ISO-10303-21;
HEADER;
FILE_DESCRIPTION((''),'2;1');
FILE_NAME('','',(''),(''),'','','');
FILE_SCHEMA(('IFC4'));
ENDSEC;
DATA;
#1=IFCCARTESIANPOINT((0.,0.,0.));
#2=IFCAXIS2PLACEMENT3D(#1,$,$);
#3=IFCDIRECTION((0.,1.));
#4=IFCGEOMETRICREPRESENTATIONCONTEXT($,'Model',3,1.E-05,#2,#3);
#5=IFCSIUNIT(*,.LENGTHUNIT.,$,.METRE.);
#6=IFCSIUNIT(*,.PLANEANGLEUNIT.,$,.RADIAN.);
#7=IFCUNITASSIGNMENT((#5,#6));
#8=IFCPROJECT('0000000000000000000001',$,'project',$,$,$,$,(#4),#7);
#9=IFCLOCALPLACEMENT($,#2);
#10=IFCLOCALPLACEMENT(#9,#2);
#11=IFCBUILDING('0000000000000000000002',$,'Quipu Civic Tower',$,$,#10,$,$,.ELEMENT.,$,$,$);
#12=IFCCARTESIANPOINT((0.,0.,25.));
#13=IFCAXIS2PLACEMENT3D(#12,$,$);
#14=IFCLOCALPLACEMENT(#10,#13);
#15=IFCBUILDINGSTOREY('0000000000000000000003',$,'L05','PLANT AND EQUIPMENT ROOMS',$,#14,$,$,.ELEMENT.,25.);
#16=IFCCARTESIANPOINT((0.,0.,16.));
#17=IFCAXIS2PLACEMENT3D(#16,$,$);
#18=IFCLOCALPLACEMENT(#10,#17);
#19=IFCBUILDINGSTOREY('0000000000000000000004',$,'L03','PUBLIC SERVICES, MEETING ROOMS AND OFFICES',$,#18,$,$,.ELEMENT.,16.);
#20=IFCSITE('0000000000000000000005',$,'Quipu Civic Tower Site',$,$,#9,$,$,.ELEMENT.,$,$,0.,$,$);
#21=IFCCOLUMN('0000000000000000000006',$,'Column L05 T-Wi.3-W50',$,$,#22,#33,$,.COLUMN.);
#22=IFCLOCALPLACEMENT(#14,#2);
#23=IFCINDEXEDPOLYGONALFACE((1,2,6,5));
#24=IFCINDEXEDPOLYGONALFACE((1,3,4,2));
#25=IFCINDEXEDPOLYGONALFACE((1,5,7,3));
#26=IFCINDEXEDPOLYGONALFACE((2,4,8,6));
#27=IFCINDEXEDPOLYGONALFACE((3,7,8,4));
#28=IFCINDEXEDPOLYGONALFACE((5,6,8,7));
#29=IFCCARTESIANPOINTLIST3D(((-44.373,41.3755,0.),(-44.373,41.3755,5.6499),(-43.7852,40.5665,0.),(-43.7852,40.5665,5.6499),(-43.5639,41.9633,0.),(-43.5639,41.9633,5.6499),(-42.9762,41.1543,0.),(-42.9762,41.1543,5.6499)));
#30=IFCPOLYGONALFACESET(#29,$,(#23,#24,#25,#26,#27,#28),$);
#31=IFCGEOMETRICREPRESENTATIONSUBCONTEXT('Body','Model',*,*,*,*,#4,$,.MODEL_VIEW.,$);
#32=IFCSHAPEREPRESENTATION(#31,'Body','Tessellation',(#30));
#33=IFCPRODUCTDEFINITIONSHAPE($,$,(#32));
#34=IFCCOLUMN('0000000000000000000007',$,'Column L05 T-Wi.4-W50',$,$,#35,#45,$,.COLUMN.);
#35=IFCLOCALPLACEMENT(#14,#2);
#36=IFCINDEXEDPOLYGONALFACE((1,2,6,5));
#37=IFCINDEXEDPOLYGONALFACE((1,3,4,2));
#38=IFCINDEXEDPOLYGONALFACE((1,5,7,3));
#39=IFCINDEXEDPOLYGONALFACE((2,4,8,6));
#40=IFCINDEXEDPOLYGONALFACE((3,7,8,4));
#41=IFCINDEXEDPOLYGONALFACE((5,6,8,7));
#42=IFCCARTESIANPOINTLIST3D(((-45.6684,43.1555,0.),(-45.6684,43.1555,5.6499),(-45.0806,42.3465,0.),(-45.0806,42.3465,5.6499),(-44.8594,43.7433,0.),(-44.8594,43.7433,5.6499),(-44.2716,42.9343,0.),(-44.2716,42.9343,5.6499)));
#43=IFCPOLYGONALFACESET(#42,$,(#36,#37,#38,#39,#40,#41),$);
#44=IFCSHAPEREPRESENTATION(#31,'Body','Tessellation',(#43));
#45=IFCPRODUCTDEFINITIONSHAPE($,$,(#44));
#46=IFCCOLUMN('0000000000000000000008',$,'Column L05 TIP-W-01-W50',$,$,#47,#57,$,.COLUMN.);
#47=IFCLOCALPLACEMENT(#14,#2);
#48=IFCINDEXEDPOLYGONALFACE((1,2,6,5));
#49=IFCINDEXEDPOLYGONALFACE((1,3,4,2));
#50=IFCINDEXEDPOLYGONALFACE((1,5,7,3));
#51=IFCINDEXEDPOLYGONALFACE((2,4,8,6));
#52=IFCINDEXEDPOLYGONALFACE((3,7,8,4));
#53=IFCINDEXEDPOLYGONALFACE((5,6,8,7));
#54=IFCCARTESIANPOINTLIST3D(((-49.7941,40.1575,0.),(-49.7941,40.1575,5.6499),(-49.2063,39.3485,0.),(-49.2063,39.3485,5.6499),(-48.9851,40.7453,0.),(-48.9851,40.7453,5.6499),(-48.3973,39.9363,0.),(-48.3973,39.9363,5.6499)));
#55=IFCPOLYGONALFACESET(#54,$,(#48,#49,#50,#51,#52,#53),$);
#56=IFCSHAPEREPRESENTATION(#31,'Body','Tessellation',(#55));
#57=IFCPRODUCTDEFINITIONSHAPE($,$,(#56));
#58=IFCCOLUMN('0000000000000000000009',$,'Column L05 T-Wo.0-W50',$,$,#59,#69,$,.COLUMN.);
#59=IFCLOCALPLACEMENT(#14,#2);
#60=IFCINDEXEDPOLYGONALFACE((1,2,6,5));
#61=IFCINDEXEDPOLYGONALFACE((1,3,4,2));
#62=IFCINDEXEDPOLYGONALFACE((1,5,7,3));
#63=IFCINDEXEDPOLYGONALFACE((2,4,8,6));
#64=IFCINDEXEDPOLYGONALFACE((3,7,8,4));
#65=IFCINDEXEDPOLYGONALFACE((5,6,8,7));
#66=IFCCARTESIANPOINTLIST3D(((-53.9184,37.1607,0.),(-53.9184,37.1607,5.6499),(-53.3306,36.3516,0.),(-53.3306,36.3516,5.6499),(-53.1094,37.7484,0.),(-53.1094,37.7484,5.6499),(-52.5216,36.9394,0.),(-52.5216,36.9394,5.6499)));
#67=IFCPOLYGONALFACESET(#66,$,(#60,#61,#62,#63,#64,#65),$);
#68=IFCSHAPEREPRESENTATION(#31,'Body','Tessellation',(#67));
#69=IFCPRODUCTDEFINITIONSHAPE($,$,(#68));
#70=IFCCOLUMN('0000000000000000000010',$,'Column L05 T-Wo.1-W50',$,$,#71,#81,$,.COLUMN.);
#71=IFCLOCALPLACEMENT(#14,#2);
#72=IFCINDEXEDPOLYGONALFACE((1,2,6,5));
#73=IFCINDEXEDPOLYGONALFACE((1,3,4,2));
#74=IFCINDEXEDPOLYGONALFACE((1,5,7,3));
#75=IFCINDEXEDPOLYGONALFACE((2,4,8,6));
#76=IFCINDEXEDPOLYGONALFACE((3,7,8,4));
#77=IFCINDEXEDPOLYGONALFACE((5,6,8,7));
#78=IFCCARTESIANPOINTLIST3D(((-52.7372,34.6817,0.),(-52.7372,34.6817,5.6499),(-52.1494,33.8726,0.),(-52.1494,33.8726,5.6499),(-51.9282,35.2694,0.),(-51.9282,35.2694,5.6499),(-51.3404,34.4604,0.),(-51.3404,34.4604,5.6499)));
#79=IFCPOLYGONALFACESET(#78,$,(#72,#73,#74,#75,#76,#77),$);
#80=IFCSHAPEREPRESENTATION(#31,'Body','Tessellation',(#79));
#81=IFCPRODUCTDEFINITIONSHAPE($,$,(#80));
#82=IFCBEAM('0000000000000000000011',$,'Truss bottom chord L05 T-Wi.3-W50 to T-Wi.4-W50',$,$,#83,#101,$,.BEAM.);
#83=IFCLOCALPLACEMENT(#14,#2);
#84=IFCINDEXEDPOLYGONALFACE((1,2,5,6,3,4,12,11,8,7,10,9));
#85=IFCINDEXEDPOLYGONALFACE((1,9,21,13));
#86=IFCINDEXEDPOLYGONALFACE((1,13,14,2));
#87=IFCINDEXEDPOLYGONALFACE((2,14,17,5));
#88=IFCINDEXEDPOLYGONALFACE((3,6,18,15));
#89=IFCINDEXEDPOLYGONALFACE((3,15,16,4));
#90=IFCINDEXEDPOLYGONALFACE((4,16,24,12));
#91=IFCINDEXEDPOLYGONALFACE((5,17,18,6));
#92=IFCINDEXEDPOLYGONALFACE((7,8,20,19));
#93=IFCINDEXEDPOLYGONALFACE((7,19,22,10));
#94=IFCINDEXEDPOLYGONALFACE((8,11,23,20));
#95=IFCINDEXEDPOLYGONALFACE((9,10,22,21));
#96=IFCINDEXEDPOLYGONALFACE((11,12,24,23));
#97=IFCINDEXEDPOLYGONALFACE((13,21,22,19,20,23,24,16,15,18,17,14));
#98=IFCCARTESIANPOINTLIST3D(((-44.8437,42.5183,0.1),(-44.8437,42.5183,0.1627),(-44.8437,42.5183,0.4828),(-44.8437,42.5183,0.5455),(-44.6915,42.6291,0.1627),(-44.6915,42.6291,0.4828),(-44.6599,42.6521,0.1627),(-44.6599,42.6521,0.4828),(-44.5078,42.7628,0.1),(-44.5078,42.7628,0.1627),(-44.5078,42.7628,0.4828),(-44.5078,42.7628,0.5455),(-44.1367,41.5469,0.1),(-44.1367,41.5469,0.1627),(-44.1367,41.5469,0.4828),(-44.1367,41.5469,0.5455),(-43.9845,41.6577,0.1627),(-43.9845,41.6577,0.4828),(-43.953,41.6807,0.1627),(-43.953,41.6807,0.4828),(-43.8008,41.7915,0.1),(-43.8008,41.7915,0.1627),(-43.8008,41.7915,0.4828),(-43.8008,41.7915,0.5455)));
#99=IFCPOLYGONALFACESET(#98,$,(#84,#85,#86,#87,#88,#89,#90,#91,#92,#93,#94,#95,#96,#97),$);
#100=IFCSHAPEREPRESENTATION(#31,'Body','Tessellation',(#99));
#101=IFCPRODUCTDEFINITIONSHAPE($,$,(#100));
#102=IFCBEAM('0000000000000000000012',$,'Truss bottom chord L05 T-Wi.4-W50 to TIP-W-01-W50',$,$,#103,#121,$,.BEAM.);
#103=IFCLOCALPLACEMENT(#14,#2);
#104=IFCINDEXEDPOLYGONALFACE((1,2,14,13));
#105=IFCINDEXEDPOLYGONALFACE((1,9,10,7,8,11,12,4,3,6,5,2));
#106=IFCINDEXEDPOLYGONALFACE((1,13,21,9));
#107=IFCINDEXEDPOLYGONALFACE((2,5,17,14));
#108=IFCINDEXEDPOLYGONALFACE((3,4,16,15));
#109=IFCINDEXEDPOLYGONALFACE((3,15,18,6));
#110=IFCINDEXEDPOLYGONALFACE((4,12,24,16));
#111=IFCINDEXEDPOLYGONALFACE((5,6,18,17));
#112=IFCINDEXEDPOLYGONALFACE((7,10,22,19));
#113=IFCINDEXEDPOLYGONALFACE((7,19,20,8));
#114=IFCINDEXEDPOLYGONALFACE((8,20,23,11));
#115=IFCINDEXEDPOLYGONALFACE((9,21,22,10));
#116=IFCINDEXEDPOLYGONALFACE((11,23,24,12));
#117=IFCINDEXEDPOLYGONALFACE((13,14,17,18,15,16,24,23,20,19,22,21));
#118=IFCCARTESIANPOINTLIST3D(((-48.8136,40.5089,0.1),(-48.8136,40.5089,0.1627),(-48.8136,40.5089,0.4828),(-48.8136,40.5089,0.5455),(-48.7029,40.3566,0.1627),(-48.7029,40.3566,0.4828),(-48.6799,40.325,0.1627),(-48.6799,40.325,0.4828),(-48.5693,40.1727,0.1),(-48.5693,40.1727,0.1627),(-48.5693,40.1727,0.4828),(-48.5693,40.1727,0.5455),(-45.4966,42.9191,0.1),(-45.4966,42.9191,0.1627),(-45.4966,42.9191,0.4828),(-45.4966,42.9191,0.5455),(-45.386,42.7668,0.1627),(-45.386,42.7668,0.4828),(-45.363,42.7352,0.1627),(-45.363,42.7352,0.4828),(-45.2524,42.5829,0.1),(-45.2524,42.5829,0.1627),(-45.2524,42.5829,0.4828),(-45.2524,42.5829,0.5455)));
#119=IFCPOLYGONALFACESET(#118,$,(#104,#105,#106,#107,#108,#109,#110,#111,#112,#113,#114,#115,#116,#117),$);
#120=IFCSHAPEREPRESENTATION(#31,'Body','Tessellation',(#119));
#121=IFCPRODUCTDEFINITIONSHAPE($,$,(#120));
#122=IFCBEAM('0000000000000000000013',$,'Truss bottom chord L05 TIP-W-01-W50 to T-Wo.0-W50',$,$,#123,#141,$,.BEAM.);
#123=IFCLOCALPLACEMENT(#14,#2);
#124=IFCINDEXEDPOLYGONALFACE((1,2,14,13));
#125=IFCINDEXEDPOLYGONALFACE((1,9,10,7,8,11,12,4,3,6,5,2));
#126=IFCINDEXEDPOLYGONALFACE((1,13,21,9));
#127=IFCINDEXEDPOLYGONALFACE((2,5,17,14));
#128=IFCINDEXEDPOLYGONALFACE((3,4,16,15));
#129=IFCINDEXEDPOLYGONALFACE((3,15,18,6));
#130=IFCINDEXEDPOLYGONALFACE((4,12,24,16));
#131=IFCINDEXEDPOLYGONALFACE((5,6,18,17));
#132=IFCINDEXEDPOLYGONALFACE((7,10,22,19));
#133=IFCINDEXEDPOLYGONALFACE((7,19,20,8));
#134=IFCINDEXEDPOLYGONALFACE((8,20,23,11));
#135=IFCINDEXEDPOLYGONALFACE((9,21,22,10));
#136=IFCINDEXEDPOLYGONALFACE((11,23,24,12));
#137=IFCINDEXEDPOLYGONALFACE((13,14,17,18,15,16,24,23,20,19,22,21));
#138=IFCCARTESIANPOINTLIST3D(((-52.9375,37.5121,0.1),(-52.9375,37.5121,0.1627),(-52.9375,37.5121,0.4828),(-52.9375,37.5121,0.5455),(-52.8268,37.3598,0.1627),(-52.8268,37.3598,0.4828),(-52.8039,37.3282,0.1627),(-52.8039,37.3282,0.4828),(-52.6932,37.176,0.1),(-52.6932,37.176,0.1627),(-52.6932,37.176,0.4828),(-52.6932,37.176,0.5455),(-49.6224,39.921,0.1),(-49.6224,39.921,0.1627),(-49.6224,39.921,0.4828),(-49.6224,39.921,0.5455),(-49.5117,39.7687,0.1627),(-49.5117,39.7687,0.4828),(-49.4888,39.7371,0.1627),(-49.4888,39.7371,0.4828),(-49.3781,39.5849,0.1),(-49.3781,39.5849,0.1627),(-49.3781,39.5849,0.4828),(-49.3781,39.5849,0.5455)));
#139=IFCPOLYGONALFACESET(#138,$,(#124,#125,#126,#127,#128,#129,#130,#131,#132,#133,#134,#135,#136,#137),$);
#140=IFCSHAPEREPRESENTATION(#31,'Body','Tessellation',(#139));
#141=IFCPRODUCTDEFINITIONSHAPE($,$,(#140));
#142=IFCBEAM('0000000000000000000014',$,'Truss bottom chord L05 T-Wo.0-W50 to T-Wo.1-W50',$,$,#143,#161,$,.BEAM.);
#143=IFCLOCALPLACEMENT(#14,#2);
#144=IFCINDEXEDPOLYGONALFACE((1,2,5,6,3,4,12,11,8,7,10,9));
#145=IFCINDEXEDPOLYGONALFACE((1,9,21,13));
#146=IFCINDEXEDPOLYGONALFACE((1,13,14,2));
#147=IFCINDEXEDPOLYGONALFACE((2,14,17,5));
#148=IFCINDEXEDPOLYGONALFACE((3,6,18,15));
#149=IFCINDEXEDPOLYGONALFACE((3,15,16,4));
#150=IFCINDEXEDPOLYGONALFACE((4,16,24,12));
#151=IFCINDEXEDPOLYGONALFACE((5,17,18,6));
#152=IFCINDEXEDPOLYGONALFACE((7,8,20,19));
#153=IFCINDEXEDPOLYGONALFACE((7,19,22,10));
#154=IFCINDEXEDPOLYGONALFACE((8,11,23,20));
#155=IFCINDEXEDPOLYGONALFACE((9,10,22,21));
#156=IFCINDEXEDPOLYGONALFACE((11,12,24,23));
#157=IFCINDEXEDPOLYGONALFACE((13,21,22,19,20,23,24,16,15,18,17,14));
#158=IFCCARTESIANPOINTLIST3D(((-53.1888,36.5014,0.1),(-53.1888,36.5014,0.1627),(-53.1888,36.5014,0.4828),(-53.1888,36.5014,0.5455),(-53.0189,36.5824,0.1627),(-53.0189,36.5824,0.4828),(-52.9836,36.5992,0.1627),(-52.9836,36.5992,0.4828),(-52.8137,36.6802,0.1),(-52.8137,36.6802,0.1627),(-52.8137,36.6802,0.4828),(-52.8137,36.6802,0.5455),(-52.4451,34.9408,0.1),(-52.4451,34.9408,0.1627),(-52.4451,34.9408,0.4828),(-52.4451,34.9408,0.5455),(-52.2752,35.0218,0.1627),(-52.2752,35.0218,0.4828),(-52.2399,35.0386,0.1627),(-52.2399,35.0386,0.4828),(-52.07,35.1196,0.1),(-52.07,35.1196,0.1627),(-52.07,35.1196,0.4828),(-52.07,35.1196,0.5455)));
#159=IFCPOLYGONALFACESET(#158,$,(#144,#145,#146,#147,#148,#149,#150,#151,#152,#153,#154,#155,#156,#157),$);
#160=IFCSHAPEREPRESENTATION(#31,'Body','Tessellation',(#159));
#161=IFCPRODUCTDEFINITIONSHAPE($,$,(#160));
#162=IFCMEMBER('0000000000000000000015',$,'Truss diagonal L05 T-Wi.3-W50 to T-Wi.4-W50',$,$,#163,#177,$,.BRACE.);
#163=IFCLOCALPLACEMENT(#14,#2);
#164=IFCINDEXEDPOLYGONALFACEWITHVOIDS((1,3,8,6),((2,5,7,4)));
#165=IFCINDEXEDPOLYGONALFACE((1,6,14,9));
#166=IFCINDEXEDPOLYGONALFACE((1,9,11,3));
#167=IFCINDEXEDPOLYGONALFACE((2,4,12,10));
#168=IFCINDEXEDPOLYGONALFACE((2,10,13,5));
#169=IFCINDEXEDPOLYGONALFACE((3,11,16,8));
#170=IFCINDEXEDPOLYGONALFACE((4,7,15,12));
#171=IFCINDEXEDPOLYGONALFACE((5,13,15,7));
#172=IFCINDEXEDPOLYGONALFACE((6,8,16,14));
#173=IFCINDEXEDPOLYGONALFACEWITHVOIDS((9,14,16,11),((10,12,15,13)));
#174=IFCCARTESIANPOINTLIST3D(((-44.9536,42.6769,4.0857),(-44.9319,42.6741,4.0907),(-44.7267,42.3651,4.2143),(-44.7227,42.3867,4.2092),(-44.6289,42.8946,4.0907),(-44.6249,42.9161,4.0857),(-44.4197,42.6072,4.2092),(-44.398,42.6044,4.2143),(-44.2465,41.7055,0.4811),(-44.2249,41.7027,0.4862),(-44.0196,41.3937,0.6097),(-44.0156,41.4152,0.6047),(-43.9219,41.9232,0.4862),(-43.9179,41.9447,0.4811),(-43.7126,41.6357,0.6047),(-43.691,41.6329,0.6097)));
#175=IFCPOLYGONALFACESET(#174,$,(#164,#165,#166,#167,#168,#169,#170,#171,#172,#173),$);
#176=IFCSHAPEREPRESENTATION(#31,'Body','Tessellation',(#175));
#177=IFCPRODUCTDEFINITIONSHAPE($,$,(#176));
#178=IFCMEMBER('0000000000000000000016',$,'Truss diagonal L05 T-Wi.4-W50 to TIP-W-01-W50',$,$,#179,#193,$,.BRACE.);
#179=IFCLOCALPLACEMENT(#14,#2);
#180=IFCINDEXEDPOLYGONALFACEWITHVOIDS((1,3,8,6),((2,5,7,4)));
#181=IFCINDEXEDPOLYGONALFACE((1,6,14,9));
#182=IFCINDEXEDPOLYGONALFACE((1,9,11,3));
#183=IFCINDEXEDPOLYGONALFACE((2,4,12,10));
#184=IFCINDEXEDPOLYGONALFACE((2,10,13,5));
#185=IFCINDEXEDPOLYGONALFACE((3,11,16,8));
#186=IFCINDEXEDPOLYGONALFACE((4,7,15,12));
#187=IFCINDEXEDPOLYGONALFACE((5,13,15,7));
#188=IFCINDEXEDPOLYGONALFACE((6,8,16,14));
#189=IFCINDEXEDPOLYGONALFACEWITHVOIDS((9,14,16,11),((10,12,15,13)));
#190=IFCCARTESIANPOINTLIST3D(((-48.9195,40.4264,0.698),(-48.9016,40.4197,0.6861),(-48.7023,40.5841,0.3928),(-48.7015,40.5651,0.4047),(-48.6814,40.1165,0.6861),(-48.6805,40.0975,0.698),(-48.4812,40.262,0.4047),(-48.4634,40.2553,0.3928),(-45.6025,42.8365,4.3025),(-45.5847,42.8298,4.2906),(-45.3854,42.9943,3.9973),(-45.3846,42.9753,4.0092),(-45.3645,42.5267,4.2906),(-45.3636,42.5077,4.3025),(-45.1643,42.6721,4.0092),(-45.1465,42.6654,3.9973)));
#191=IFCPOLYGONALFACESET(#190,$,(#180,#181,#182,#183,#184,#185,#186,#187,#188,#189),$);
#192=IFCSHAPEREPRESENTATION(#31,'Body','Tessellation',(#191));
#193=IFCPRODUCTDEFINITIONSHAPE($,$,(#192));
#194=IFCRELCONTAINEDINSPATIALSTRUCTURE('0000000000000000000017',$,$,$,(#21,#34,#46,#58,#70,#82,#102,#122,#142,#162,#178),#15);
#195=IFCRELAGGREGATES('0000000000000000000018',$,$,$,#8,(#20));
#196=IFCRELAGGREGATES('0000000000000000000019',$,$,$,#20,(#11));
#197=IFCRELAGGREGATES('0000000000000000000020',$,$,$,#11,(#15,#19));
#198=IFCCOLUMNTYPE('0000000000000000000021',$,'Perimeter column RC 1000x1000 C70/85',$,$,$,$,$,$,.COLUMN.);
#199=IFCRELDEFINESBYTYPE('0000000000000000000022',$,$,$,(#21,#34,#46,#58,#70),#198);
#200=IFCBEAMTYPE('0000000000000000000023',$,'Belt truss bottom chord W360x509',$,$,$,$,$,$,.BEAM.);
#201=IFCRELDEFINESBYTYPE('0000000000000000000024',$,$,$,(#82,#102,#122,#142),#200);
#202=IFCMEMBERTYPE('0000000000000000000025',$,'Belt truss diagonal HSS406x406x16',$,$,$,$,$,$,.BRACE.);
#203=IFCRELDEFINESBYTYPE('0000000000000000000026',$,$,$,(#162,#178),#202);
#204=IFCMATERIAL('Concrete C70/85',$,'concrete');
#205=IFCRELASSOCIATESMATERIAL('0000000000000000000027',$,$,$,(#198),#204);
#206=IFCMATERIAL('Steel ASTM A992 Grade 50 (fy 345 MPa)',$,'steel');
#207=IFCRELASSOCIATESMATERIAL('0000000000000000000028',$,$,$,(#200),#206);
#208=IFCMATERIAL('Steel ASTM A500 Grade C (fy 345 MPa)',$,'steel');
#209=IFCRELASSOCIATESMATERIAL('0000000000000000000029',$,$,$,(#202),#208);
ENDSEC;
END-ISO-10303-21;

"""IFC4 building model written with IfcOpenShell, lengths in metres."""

from ifc_helpers import new_model, si_unit, direction, frame, origin, origin_2d, place, context, subcontext, project, spatial, rectangle, hollow_rectangle, i_section, extrude, material, material_profile, profile_set, type_object, element, save


model = new_model("IFC4")

# Units and contexts
model_context = context("Model", 3, precision=1e-05, world=origin(), true_north=direction((0.0, 1.0)))
body_context = subcontext(model_context, "Body", "Model", "MODEL_VIEW")
ifc_project = project(units=[si_unit("LENGTHUNIT", "METRE"), si_unit("PLANEANGLEUNIT", "RADIAN")], contexts=[model_context])

# Site, building, storey
site_placement = place(None, origin())
site = spatial("IfcSite", under=ifc_project, at=site_placement, Name="Quipu Civic Tower Site", CompositionType="ELEMENT", RefElevation=0.0)
building_placement = place(site_placement, origin())
building = spatial("IfcBuilding", under=site, at=building_placement, Name="Quipu Civic Tower", CompositionType="ELEMENT")
storey_1_placement = place(building_placement, frame((0.0, 0.0, 25.0)))
storey_1 = spatial("IfcBuildingStorey", under=building, at=storey_1_placement, Name="L05", Description="PLANT AND EQUIPMENT ROOMS", CompositionType="ELEMENT", Elevation=25.0)

# Columns
ifc_material_1 = material(Name="Concrete C70/85", Category="concrete")
ifc_material_profile_1 = material_profile(ifc_material_1, rectangle(XDim=1.0, YDim=1.0, at=origin_2d()), Name="RC1000x1000")
ifc_profile_set_1 = profile_set([ifc_material_profile_1], Name="Concrete C70/85")
column_type = type_object("IfcColumnType", Name="Perimeter column RC 1000x1000 C70/85", PredefinedType="COLUMN", material=ifc_profile_set_1)
for number, where, z_axis, x_axis, name in (
    (1, (-43.6746, 41.2649, 0.0), (0.0, 0.0, 1.0), (-0.809017, -0.587785, 0.0), "Column L05 T-Wi.3-W50"),
    (2, (-44.97, 43.0449, 0.0), (0.0, 0.0, 1.0), (-0.809017, -0.587785, 0.0), "Column L05 T-Wi.4-W50"),
    (3, (-49.0957, 40.0469, 0.0), (0.0, 0.0, 1.0), (-0.809017, -0.587785, 0.0), "Column L05 TIP-W-01-W50"),
    (4, (-53.22, 37.05, 0.0), (0.0, 0.0, 1.0), (0.587785, -0.809017, 0.0), "Column L05 T-Wo.0-W50"),
    (5, (-52.0388, 34.571, 0.0), (0.0, 0.0, 1.0), (-0.809017, -0.587785, 0.0), "Column L05 T-Wo.1-W50"),
):
    element("IfcColumn", number, at=place(storey_1_placement, frame(where, z_axis=z_axis, x_axis=x_axis)), inside=storey_1, type_object=column_type, Name=name, PredefinedType="COLUMN", context=body_context, shape_type="SweptSolid", body=[
        extrude(rectangle(XDim=1.0, YDim=1.0, at=origin_2d()), origin(), (0.0, 0.0, 1.0), 5.6499),
    ])

# Beams
ifc_material_2 = material(Name="Steel ASTM A992 Grade 50 (fy 345 MPa)", Category="steel")
ifc_material_profile_2 = material_profile(ifc_material_2, i_section(OverallWidth=0.4155, OverallDepth=0.4456, WebThickness=0.0391, FlangeThickness=0.0627, at=origin_2d()), Name="W360x509")
ifc_profile_set_2 = profile_set([ifc_material_profile_2], Name="Steel ASTM A992 Grade 50 (fy 345 MPa)")
beam_type_1 = type_object("IfcBeamType", Name="Belt truss bottom chord W360x509", PredefinedType="BEAM", material=ifc_profile_set_2)
beam_1_placement = place(storey_1_placement, frame((-43.9688, 41.6692, 0.3228), z_axis=(-0.588462, 0.808525, 0.0), x_axis=(-0.808525, -0.588462, 0.0)))
element("IfcBeam", 6, at=beam_1_placement, inside=storey_1, type_object=beam_type_1, Name="Truss bottom chord L05 T-Wi.3-W50 to T-Wi.4-W50", PredefinedType="BEAM", context=body_context, shape_type="SweptSolid", body=[
    extrude(i_section(OverallWidth=0.4155, OverallDepth=0.4456, WebThickness=0.0391, FlangeThickness=0.0627, at=origin_2d()), origin(), (0.0, 0.0, 1.0), 1.2014),
])
beam_2_placement = place(storey_1_placement, frame((-45.3745, 42.751, 0.3228), z_axis=(-0.808983, -0.587832, 0.0), x_axis=(0.587832, -0.808983, 0.0)))
element("IfcBeam", 7, at=beam_2_placement, inside=storey_1, type_object=beam_type_1, Name="Truss bottom chord L05 T-Wi.4-W50 to TIP-W-01-W50", PredefinedType="BEAM", context=body_context, shape_type="SweptSolid", body=[
    extrude(i_section(OverallWidth=0.4155, OverallDepth=0.4456, WebThickness=0.0391, FlangeThickness=0.0627, at=origin_2d()), origin(), (0.0, 0.0, 1.0), 4.1001),
])
beam_3_placement = place(storey_1_placement, frame((-49.5002, 39.7529, 0.3228), z_axis=(-0.808981, -0.587835, 0.0), x_axis=(0.587835, -0.808981, 0.0)))
element("IfcBeam", 8, at=beam_3_placement, inside=storey_1, type_object=beam_type_1, Name="Truss bottom chord L05 TIP-W-01-W50 to T-Wo.0-W50", PredefinedType="BEAM", context=body_context, shape_type="SweptSolid", body=[
    extrude(i_section(OverallWidth=0.4155, OverallDepth=0.4456, WebThickness=0.0391, FlangeThickness=0.0627, at=origin_2d()), origin(), (0.0, 0.0, 1.0), 4.0979),
])
beam_4_placement = place(storey_1_placement, frame((-53.0012, 36.5908, 0.3228), z_axis=(0.430186, -0.90274, 0.0), x_axis=(0.90274, 0.430186, 0.0)))
element("IfcBeam", 9, at=beam_4_placement, inside=storey_1, type_object=beam_type_1, Name="Truss bottom chord L05 T-Wo.0-W50 to T-Wo.1-W50", PredefinedType="BEAM", context=body_context, shape_type="SweptSolid", body=[
    extrude(i_section(OverallWidth=0.4155, OverallDepth=0.4456, WebThickness=0.0391, FlangeThickness=0.0627, at=origin_2d()), origin(), (0.0, 0.0, 1.0), 1.7288),
])

# Members
ifc_material_3 = material(Name="Steel ASTM A500 Grade C (fy 345 MPa)", Category="steel")
ifc_material_profile_3 = material_profile(ifc_material_3, hollow_rectangle(XDim=0.4065, YDim=0.4065, WallThickness=0.0159, at=origin_2d()), Name="HSS406x406x16")
ifc_profile_set_3 = profile_set([ifc_material_profile_3], Name="Steel ASTM A500 Grade C (fy 345 MPa)")
member_type_1 = type_object("IfcMemberType", Name="Belt truss diagonal HSS406x406x16", PredefinedType="BRACE", material=ifc_profile_set_3)
member_1_placement = place(storey_1_placement, frame((-43.9688, 41.6692, 0.5454), z_axis=(-0.186087, 0.255677, 0.948684), x_axis=(-0.808525, -0.588462, 0.0)))
element("IfcMember", 10, at=member_1_placement, inside=storey_1, type_object=member_type_1, Name="Truss diagonal L05 T-Wi.3-W50 to T-Wi.4-W50", PredefinedType="BRACE", context=body_context, shape_type="SweptSolid", body=[
    extrude(hollow_rectangle(XDim=0.4065, YDim=0.4065, WallThickness=0.0159, at=origin_2d()), origin(), (0.0, 0.0, 1.0), 3.7996),
])
member_2_placement = place(storey_1_placement, frame((-45.3745, 42.751, 4.1499), z_axis=(-0.607577, -0.441484, -0.660259), x_axis=(0.587832, -0.808983, 0.0)))
element("IfcMember", 11, at=member_2_placement, inside=storey_1, type_object=member_type_1, Name="Truss diagonal L05 T-Wi.4-W50 to TIP-W-01-W50", PredefinedType="BRACE", context=body_context, shape_type="SweptSolid", body=[
    extrude(hollow_rectangle(XDim=0.4065, YDim=0.4065, WallThickness=0.0159, at=origin_2d()), origin(), (0.0, 0.0, 1.0), 5.4592),
])

# Shared definitions
storey_2_placement = place(building_placement, frame((0.0, 0.0, 16.0)))
storey_2 = spatial("IfcBuildingStorey", under=building, at=storey_2_placement, Name="L03", Description="PUBLIC SERVICES, MEETING ROOMS AND OFFICES", CompositionType="ELEMENT", Elevation=16.0)

save(model, "model.ifc")
